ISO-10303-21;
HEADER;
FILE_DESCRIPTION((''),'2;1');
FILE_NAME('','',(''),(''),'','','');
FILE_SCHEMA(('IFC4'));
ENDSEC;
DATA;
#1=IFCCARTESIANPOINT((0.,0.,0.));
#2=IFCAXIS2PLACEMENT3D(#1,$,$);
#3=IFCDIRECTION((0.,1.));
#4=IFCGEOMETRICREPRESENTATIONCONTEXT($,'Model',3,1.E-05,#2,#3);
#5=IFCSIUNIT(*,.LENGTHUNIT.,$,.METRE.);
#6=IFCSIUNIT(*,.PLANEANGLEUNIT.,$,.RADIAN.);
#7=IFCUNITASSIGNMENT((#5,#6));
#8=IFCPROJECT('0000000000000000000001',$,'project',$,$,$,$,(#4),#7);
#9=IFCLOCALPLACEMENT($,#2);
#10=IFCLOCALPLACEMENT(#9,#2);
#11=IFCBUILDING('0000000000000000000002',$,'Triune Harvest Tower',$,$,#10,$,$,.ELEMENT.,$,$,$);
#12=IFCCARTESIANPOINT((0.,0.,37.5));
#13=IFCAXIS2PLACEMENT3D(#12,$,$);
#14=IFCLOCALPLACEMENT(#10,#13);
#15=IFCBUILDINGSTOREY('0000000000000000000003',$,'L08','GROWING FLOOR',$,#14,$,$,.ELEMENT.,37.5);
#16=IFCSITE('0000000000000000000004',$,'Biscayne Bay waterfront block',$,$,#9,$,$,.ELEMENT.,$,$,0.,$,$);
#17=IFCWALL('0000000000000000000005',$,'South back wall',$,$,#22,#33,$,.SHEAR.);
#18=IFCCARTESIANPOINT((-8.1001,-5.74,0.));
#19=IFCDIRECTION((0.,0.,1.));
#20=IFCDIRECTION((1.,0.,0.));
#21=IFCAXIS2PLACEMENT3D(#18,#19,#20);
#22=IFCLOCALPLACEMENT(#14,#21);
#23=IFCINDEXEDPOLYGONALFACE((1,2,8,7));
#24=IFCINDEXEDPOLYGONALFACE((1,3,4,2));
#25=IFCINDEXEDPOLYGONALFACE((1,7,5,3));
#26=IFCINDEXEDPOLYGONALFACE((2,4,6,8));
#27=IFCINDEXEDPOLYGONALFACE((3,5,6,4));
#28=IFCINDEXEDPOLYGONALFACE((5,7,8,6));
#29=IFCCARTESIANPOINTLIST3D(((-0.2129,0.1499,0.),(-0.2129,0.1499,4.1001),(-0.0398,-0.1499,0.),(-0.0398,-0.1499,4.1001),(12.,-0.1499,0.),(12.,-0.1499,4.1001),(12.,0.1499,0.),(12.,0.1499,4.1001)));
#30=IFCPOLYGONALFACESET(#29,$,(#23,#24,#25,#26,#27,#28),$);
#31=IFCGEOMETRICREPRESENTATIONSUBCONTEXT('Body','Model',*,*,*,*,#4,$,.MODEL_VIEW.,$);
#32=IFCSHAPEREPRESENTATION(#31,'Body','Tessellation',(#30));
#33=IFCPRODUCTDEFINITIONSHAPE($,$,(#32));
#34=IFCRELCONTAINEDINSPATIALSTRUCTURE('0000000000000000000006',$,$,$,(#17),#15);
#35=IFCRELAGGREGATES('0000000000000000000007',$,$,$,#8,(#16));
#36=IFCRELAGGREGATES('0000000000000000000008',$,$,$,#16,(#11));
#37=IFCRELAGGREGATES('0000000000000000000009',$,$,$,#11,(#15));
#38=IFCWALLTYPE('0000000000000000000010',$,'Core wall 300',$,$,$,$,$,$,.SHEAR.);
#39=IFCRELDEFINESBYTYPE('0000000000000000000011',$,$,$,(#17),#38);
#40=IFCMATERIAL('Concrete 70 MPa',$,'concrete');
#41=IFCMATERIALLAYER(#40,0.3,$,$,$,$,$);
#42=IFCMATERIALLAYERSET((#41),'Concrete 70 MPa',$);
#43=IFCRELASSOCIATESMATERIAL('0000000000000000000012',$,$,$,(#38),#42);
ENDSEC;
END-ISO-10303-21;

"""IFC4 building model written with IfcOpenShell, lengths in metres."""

from ifc_helpers import new_model, si_unit, direction, frame, origin, place, context, subcontext, project, spatial, polyline, outline, extrude, source, transform, mapped, material, layer, layer_set, type_object, element, save


model = new_model("IFC4")

# Units and contexts
model_context = context("Model", 3, precision=1e-05, world=origin(), true_north=direction((0.0, 1.0)))
body_context = subcontext(model_context, "Body", "Model", "MODEL_VIEW")
ifc_project = project(units=[si_unit("LENGTHUNIT", "METRE"), si_unit("PLANEANGLEUNIT", "RADIAN")], contexts=[model_context])

# Site, building, storey
site_placement = place(None, origin())
site = spatial("IfcSite", under=ifc_project, at=site_placement, Name="Biscayne Bay waterfront block", CompositionType="ELEMENT", RefElevation=0.0)
building_placement = place(site_placement, origin())
building = spatial("IfcBuilding", under=site, at=building_placement, Name="Triune Harvest Tower", CompositionType="ELEMENT")
storey_placement = place(building_placement, frame((0.0, 0.0, 37.5)))
storey = spatial("IfcBuildingStorey", under=building, at=storey_placement, Name="L08", Description="GROWING FLOOR", CompositionType="ELEMENT", Elevation=37.5)

# Shared definitions
ifc_material_1 = material(Name="Concrete 70 MPa", Category="concrete")
ifc_layer_1 = layer(ifc_material_1, 0.3)
ifc_layer_set_1 = layer_set([ifc_layer_1], Name="Concrete 70 MPa")
wall_type_1 = type_object("IfcWallType", Name="Core wall 300", PredefinedType="SHEAR", material=ifc_layer_set_1)

# Wall
shared_shape_1 = source(origin(), body_context, "Body", "SweptSolid", [
    extrude(outline(polyline([(12.0, -0.1499), (-0.0398, -0.1499), (-0.2129, 0.1499), (12.0, 0.1499), (12.0, -0.1499)])), origin(), (0.0, 0.0, 1.0), 4.1001),
])
wall_1_placement = place(storey_placement, frame((-8.1001, -5.74, 0.0), z_axis=(0.0, 0.0, 1.0), x_axis=(1.0, 0.0, 0.0)))
element("IfcWall", 1, at=wall_1_placement, inside=storey, type_object=wall_type_1, Name="South back wall", PredefinedType="SHEAR", context=body_context, shape_type="MappedRepresentation", body=[
    mapped(shared_shape_1, transform((0.0, 0.0, 0.0), scale=1.0)),
])

save(model, "model.ifc")
